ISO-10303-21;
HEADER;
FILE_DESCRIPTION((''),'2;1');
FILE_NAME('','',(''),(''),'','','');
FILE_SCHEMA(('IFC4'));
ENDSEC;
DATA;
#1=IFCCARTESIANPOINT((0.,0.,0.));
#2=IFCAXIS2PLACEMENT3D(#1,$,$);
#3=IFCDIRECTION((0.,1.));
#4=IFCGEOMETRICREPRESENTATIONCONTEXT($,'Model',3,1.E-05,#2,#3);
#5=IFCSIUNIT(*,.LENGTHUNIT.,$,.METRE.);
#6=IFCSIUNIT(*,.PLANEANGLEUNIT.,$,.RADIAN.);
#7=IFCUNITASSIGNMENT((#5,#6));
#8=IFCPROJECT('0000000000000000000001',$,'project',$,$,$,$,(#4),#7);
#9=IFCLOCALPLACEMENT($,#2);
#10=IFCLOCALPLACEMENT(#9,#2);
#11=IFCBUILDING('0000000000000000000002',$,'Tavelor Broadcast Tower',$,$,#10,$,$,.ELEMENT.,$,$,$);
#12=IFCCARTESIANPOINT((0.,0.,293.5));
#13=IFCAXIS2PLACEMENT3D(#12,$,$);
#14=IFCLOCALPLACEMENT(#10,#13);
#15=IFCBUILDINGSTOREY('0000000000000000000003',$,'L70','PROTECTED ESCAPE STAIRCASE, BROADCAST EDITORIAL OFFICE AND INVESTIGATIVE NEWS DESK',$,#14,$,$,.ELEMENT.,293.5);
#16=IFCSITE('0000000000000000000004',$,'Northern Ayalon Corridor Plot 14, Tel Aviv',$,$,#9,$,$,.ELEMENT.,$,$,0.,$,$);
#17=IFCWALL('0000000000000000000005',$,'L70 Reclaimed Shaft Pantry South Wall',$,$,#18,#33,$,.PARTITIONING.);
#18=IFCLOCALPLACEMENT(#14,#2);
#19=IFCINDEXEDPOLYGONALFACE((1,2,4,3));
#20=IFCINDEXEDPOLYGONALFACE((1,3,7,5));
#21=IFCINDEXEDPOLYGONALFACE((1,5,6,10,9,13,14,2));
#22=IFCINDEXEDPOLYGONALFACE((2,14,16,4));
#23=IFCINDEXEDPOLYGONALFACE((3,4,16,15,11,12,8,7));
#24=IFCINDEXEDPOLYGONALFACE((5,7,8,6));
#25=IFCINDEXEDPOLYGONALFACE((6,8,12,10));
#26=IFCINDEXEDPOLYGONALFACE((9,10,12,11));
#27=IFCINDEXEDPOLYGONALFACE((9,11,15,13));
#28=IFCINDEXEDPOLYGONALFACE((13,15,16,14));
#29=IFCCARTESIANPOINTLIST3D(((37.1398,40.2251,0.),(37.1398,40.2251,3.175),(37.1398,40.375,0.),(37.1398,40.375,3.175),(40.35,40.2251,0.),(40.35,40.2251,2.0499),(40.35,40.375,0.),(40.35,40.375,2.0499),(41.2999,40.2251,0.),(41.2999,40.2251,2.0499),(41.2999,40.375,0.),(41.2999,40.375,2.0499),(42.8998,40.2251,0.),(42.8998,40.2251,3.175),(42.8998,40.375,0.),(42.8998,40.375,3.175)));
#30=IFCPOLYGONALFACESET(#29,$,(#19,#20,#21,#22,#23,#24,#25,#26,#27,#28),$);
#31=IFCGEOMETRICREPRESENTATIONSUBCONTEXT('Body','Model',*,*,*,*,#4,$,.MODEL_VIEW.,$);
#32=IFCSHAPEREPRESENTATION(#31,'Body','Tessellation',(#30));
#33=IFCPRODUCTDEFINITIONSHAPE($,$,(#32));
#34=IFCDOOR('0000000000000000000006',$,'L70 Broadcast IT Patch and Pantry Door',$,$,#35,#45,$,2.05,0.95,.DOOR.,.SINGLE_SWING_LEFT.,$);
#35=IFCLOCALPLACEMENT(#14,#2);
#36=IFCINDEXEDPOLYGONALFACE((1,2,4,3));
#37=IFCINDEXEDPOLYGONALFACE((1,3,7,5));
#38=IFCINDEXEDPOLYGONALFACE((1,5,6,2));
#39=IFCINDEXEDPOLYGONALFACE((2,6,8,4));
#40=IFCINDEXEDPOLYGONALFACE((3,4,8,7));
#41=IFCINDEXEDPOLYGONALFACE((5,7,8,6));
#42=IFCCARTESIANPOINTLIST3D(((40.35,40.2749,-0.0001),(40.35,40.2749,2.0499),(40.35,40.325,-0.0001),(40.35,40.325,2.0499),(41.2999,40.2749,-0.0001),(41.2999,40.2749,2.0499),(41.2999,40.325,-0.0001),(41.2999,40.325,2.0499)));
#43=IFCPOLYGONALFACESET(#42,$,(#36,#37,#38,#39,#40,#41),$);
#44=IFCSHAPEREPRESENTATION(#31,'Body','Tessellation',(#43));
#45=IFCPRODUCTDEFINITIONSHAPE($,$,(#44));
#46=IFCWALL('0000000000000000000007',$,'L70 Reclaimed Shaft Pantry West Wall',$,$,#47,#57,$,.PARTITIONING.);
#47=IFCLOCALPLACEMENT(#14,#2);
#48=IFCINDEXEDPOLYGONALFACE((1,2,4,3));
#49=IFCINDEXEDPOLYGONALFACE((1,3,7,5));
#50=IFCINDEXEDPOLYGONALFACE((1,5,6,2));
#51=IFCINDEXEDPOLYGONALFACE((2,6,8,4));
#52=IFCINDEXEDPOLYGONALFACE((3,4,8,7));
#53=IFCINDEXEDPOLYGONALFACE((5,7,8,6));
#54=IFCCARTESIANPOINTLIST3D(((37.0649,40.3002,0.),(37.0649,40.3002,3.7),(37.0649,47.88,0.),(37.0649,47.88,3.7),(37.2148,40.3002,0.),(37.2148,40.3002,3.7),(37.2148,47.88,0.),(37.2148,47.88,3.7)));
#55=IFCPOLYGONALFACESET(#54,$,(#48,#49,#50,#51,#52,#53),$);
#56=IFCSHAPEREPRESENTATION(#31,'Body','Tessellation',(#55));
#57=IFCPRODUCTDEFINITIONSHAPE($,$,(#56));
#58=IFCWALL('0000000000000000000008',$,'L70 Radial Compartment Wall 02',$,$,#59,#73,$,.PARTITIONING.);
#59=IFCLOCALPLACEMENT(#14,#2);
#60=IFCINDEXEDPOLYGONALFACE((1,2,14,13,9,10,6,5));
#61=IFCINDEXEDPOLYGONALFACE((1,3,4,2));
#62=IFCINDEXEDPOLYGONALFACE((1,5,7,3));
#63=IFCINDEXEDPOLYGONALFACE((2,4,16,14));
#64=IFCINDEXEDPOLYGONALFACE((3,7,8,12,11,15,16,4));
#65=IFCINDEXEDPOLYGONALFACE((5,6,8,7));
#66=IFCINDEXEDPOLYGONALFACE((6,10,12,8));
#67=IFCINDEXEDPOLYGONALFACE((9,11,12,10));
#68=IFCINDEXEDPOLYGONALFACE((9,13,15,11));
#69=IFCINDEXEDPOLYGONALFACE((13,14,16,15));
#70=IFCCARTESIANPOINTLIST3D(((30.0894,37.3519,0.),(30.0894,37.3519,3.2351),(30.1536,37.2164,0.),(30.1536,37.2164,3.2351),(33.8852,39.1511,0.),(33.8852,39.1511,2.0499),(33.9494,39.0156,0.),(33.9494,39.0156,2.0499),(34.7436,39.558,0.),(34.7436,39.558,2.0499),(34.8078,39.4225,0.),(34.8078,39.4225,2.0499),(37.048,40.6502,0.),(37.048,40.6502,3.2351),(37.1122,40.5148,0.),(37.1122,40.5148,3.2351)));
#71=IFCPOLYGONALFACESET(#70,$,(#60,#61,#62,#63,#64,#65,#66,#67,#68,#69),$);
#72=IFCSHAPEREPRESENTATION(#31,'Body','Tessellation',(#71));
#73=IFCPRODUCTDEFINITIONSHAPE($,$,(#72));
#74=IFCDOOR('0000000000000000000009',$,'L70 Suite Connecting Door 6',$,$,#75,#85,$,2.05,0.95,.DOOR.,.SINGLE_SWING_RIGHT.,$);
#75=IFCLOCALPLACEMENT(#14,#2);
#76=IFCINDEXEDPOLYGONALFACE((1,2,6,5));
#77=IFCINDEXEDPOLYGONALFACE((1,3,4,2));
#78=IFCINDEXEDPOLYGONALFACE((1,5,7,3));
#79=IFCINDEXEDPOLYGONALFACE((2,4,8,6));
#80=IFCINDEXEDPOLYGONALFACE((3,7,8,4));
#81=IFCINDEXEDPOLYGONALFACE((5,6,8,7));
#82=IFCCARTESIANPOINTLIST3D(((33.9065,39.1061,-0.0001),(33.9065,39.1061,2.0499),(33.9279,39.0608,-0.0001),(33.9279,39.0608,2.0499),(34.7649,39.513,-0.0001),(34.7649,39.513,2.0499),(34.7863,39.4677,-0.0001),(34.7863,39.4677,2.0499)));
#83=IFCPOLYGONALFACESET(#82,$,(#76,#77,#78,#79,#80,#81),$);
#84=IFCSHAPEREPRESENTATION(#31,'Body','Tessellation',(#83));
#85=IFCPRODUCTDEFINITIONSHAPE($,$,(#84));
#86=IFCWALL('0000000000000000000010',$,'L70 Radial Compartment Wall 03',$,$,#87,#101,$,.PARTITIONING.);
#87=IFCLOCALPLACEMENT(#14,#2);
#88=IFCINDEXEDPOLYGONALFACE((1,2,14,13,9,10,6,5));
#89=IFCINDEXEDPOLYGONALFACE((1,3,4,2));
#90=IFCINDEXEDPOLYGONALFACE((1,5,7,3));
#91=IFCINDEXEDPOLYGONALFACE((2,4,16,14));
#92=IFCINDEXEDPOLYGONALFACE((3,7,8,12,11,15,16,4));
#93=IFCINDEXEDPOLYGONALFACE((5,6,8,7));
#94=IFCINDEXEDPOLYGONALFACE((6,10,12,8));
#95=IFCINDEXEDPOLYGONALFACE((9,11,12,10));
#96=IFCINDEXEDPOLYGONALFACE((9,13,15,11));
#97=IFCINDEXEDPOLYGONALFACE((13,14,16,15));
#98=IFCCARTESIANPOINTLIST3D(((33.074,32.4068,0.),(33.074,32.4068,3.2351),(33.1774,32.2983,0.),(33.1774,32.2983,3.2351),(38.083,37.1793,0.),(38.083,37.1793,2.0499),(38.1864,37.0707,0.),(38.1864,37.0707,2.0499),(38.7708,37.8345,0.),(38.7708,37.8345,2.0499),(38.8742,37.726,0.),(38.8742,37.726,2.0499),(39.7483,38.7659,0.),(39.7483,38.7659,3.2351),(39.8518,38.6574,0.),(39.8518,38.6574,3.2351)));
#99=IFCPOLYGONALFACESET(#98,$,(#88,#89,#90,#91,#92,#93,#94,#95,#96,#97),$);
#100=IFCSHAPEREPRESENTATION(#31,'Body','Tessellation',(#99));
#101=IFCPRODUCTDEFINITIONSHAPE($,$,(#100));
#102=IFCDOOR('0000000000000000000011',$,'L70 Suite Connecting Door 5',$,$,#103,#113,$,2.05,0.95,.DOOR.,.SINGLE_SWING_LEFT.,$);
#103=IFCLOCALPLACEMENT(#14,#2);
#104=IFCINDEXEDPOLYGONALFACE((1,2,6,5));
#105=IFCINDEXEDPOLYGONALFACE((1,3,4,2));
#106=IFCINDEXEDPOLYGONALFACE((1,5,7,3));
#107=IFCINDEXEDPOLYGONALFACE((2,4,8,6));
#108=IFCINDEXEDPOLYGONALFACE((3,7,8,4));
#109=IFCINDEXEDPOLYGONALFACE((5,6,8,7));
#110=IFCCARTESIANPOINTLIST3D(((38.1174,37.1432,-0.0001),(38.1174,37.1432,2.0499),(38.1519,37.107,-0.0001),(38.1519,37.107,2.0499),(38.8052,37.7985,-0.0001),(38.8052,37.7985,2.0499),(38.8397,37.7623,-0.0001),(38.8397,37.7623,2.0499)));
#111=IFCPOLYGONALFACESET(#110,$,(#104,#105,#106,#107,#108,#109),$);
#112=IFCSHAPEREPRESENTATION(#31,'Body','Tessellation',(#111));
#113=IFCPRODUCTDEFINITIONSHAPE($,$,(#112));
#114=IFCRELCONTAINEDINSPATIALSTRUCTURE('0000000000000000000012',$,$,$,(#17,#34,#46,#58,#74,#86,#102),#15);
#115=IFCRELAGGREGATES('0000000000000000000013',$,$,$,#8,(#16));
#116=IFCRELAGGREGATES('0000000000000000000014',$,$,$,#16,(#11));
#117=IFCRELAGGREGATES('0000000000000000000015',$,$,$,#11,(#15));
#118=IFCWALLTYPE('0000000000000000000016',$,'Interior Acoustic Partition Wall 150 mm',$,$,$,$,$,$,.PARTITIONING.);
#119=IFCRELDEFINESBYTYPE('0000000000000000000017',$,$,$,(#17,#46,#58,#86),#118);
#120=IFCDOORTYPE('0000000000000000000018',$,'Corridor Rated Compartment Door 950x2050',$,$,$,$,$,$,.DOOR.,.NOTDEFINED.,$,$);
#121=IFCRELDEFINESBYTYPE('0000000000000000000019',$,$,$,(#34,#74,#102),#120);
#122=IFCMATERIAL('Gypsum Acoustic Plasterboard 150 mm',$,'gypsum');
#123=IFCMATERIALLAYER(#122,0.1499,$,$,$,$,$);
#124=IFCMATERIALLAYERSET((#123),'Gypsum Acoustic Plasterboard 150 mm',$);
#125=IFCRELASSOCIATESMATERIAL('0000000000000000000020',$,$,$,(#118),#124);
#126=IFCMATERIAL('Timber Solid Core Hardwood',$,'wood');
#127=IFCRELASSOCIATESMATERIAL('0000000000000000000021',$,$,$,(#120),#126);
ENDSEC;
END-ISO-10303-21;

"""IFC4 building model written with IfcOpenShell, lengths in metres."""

from ifc_helpers import new_model, si_unit, direction, frame, frame_2d, origin, place, context, subcontext, project, spatial, rectangle, extrude, material, layer, layer_set, type_object, element, fill, save


model = new_model("IFC4")

# Units and contexts
model_context = context("Model", 3, precision=1e-05, world=origin(), true_north=direction((0.0, 1.0)))
body_context = subcontext(model_context, "Body", "Model", "MODEL_VIEW")
ifc_project = project(units=[si_unit("LENGTHUNIT", "METRE"), si_unit("PLANEANGLEUNIT", "RADIAN")], contexts=[model_context])

# Site, building, storey
site_placement = place(None, origin())
site = spatial("IfcSite", under=ifc_project, at=site_placement, Name="Northern Ayalon Corridor Plot 14, Tel Aviv", CompositionType="ELEMENT", RefElevation=0.0)
building_placement = place(site_placement, origin())
building = spatial("IfcBuilding", under=site, at=building_placement, Name="Tavelor Broadcast Tower", CompositionType="ELEMENT")
storey_placement = place(building_placement, frame((0.0, 0.0, 293.5)))
storey = spatial("IfcBuildingStorey", under=building, at=storey_placement, Name="L70", Description="PROTECTED ESCAPE STAIRCASE, BROADCAST EDITORIAL OFFICE AND INVESTIGATIVE NEWS DESK", CompositionType="ELEMENT", Elevation=293.5)

# Wall, opening, door
ifc_material_1 = material(Name="Gypsum Acoustic Plasterboard 150 mm", Category="gypsum")
ifc_layer_1 = layer(ifc_material_1, 0.1499)
ifc_layer_set_1 = layer_set([ifc_layer_1], Name="Gypsum Acoustic Plasterboard 150 mm")
wall_type_1 = type_object("IfcWallType", Name="Interior Acoustic Partition Wall 150 mm", PredefinedType="PARTITIONING", material=ifc_layer_set_1)
wall_1_placement = place(storey_placement, frame((37.1399, 40.3, 0.0), z_axis=(0.0, 0.0, 1.0), x_axis=(1.0, 0.0, 0.0)))
wall_1 = element("IfcWall", 1, at=wall_1_placement, inside=storey, type_object=wall_type_1, Name="L70 Reclaimed Shaft Pantry South Wall", PredefinedType="PARTITIONING", context=body_context, shape_type="SweptSolid", body=[
    extrude(rectangle(XDim=5.76, YDim=0.1499, at=frame_2d((2.8799, 0.0))), origin(), (0.0, 0.0, 1.0), 3.175),
])
opening_1_placement = place(wall_1_placement, frame((3.21, 0.0, 0.0)))
opening_1 = element("IfcOpeningElement", 2, at=opening_1_placement, cuts=wall_1, PredefinedType="OPENING", context=body_context, shape_type="SweptSolid", body=[
    extrude(rectangle(XDim=0.95, YDim=2.05, at=frame_2d((0.4751, 1.0249))), frame((0.0, 0.085, 0.0), z_axis=(0.0, -1.0, 0.0), x_axis=(1.0, 0.0, 0.0)), (0.0, 0.0, 1.0), 0.1699),
])
ifc_material_2 = material(Name="Timber Solid Core Hardwood", Category="wood")
door_type_1 = type_object("IfcDoorType", Name="Corridor Rated Compartment Door 950x2050", OperationType="NOTDEFINED", PredefinedType="DOOR", material=ifc_material_2)
door_1_placement = place(opening_1_placement, origin())
door_1 = element("IfcDoor", 3, at=door_1_placement, inside=storey, type_object=door_type_1, Name="L70 Broadcast IT Patch and Pantry Door", OperationType="SINGLE_SWING_LEFT", OverallHeight=2.05, OverallWidth=0.95, PredefinedType="DOOR", context=body_context, shape_type="SweptSolid", body=[
    extrude(rectangle(XDim=0.95, YDim=2.05, at=frame_2d((0.4751, 1.0249))), frame((0.0, 0.0249, 0.0), z_axis=(0.0, -1.0, 0.0), x_axis=(1.0, 0.0, 0.0)), (0.0, 0.0, 1.0), 0.05),
])
fill(opening_1, door_1)

# Wall
wall_2_placement = place(storey_placement, frame((37.1399, 40.3, 0.0), z_axis=(0.0, 0.0, 1.0), x_axis=(0.0, 1.0, 0.0)))
element("IfcWall", 4, at=wall_2_placement, inside=storey, type_object=wall_type_1, Name="L70 Reclaimed Shaft Pantry West Wall", PredefinedType="PARTITIONING", context=body_context, shape_type="SweptSolid", body=[
    extrude(rectangle(XDim=7.5798, YDim=0.1499, at=frame_2d((3.79, 0.0))), origin(), (0.0, 0.0, 1.0), 3.7),
])

# Walls, openings, doors
wall_3_placement = place(storey_placement, frame((37.0801, 40.5825, 0.0), z_axis=(0.0, 0.0, 1.0), x_axis=(-0.903627, -0.428321, 0.0)))
wall_3 = element("IfcWall", 5, at=wall_3_placement, inside=storey, type_object=wall_type_1, Name="L70 Radial Compartment Wall 02", PredefinedType="PARTITIONING", context=body_context, shape_type="SweptSolid", body=[
    extrude(rectangle(XDim=7.7007, YDim=0.1499, at=frame_2d((3.8503, 0.0))), origin(), (0.0, 0.0, 1.0), 3.2351),
])
opening_2_placement = place(wall_3_placement, frame((2.55, 0.0, 0.0)))
opening_2 = element("IfcOpeningElement", 6, at=opening_2_placement, cuts=wall_3, PredefinedType="OPENING", context=body_context, shape_type="SweptSolid", body=[
    extrude(rectangle(XDim=0.95, YDim=2.05, at=frame_2d((0.4751, 1.0249))), frame((0.0, 0.085, 0.0), z_axis=(0.0, -1.0, 0.0), x_axis=(1.0, 0.0, 0.0)), (0.0, 0.0, 1.0), 0.1699),
])
door_2_placement = place(opening_2_placement, origin())
door_2 = element("IfcDoor", 7, at=door_2_placement, inside=storey, type_object=door_type_1, Name="L70 Suite Connecting Door 6", OperationType="SINGLE_SWING_RIGHT", OverallHeight=2.05, OverallWidth=0.95, PredefinedType="DOOR", context=body_context, shape_type="SweptSolid", body=[
    extrude(rectangle(XDim=0.95, YDim=2.05, at=frame_2d((0.4751, 1.0249))), frame((0.0, 0.0249, 0.0), z_axis=(0.0, -1.0, 0.0), x_axis=(1.0, 0.0, 0.0)), (0.0, 0.0, 1.0), 0.05),
])
fill(opening_2, door_2)
wall_4_placement = place(storey_placement, frame((39.8, 38.7117, 0.0), z_axis=(0.0, 0.0, 1.0), x_axis=(-0.723995, -0.689805, 0.0)))
wall_4 = element("IfcWall", 8, at=wall_4_placement, inside=storey, type_object=wall_type_1, Name="L70 Radial Compartment Wall 03", PredefinedType="PARTITIONING", context=body_context, shape_type="SweptSolid", body=[
    extrude(rectangle(XDim=9.2188, YDim=0.1499, at=frame_2d((4.6094, 0.0))), origin(), (0.0, 0.0, 1.0), 3.2351),
])
opening_3_placement = place(wall_4_placement, frame((1.3501, 0.0, 0.0)))
opening_3 = element("IfcOpeningElement", 9, at=opening_3_placement, cuts=wall_4, PredefinedType="OPENING", context=body_context, shape_type="SweptSolid", body=[
    extrude(rectangle(XDim=0.95, YDim=2.05, at=frame_2d((0.4751, 1.0249))), frame((0.0, 0.085, 0.0), z_axis=(0.0, -1.0, 0.0), x_axis=(1.0, 0.0, 0.0)), (0.0, 0.0, 1.0), 0.1699),
])
door_3_placement = place(opening_3_placement, origin())
door_3 = element("IfcDoor", 10, at=door_3_placement, inside=storey, type_object=door_type_1, Name="L70 Suite Connecting Door 5", OperationType="SINGLE_SWING_LEFT", OverallHeight=2.05, OverallWidth=0.95, PredefinedType="DOOR", context=body_context, shape_type="SweptSolid", body=[
    extrude(rectangle(XDim=0.95, YDim=2.05, at=frame_2d((0.4751, 1.0249))), frame((0.0, 0.0249, 0.0), z_axis=(0.0, -1.0, 0.0), x_axis=(1.0, 0.0, 0.0)), (0.0, 0.0, 1.0), 0.05),
])
fill(opening_3, door_3)

save(model, "model.ifc")
